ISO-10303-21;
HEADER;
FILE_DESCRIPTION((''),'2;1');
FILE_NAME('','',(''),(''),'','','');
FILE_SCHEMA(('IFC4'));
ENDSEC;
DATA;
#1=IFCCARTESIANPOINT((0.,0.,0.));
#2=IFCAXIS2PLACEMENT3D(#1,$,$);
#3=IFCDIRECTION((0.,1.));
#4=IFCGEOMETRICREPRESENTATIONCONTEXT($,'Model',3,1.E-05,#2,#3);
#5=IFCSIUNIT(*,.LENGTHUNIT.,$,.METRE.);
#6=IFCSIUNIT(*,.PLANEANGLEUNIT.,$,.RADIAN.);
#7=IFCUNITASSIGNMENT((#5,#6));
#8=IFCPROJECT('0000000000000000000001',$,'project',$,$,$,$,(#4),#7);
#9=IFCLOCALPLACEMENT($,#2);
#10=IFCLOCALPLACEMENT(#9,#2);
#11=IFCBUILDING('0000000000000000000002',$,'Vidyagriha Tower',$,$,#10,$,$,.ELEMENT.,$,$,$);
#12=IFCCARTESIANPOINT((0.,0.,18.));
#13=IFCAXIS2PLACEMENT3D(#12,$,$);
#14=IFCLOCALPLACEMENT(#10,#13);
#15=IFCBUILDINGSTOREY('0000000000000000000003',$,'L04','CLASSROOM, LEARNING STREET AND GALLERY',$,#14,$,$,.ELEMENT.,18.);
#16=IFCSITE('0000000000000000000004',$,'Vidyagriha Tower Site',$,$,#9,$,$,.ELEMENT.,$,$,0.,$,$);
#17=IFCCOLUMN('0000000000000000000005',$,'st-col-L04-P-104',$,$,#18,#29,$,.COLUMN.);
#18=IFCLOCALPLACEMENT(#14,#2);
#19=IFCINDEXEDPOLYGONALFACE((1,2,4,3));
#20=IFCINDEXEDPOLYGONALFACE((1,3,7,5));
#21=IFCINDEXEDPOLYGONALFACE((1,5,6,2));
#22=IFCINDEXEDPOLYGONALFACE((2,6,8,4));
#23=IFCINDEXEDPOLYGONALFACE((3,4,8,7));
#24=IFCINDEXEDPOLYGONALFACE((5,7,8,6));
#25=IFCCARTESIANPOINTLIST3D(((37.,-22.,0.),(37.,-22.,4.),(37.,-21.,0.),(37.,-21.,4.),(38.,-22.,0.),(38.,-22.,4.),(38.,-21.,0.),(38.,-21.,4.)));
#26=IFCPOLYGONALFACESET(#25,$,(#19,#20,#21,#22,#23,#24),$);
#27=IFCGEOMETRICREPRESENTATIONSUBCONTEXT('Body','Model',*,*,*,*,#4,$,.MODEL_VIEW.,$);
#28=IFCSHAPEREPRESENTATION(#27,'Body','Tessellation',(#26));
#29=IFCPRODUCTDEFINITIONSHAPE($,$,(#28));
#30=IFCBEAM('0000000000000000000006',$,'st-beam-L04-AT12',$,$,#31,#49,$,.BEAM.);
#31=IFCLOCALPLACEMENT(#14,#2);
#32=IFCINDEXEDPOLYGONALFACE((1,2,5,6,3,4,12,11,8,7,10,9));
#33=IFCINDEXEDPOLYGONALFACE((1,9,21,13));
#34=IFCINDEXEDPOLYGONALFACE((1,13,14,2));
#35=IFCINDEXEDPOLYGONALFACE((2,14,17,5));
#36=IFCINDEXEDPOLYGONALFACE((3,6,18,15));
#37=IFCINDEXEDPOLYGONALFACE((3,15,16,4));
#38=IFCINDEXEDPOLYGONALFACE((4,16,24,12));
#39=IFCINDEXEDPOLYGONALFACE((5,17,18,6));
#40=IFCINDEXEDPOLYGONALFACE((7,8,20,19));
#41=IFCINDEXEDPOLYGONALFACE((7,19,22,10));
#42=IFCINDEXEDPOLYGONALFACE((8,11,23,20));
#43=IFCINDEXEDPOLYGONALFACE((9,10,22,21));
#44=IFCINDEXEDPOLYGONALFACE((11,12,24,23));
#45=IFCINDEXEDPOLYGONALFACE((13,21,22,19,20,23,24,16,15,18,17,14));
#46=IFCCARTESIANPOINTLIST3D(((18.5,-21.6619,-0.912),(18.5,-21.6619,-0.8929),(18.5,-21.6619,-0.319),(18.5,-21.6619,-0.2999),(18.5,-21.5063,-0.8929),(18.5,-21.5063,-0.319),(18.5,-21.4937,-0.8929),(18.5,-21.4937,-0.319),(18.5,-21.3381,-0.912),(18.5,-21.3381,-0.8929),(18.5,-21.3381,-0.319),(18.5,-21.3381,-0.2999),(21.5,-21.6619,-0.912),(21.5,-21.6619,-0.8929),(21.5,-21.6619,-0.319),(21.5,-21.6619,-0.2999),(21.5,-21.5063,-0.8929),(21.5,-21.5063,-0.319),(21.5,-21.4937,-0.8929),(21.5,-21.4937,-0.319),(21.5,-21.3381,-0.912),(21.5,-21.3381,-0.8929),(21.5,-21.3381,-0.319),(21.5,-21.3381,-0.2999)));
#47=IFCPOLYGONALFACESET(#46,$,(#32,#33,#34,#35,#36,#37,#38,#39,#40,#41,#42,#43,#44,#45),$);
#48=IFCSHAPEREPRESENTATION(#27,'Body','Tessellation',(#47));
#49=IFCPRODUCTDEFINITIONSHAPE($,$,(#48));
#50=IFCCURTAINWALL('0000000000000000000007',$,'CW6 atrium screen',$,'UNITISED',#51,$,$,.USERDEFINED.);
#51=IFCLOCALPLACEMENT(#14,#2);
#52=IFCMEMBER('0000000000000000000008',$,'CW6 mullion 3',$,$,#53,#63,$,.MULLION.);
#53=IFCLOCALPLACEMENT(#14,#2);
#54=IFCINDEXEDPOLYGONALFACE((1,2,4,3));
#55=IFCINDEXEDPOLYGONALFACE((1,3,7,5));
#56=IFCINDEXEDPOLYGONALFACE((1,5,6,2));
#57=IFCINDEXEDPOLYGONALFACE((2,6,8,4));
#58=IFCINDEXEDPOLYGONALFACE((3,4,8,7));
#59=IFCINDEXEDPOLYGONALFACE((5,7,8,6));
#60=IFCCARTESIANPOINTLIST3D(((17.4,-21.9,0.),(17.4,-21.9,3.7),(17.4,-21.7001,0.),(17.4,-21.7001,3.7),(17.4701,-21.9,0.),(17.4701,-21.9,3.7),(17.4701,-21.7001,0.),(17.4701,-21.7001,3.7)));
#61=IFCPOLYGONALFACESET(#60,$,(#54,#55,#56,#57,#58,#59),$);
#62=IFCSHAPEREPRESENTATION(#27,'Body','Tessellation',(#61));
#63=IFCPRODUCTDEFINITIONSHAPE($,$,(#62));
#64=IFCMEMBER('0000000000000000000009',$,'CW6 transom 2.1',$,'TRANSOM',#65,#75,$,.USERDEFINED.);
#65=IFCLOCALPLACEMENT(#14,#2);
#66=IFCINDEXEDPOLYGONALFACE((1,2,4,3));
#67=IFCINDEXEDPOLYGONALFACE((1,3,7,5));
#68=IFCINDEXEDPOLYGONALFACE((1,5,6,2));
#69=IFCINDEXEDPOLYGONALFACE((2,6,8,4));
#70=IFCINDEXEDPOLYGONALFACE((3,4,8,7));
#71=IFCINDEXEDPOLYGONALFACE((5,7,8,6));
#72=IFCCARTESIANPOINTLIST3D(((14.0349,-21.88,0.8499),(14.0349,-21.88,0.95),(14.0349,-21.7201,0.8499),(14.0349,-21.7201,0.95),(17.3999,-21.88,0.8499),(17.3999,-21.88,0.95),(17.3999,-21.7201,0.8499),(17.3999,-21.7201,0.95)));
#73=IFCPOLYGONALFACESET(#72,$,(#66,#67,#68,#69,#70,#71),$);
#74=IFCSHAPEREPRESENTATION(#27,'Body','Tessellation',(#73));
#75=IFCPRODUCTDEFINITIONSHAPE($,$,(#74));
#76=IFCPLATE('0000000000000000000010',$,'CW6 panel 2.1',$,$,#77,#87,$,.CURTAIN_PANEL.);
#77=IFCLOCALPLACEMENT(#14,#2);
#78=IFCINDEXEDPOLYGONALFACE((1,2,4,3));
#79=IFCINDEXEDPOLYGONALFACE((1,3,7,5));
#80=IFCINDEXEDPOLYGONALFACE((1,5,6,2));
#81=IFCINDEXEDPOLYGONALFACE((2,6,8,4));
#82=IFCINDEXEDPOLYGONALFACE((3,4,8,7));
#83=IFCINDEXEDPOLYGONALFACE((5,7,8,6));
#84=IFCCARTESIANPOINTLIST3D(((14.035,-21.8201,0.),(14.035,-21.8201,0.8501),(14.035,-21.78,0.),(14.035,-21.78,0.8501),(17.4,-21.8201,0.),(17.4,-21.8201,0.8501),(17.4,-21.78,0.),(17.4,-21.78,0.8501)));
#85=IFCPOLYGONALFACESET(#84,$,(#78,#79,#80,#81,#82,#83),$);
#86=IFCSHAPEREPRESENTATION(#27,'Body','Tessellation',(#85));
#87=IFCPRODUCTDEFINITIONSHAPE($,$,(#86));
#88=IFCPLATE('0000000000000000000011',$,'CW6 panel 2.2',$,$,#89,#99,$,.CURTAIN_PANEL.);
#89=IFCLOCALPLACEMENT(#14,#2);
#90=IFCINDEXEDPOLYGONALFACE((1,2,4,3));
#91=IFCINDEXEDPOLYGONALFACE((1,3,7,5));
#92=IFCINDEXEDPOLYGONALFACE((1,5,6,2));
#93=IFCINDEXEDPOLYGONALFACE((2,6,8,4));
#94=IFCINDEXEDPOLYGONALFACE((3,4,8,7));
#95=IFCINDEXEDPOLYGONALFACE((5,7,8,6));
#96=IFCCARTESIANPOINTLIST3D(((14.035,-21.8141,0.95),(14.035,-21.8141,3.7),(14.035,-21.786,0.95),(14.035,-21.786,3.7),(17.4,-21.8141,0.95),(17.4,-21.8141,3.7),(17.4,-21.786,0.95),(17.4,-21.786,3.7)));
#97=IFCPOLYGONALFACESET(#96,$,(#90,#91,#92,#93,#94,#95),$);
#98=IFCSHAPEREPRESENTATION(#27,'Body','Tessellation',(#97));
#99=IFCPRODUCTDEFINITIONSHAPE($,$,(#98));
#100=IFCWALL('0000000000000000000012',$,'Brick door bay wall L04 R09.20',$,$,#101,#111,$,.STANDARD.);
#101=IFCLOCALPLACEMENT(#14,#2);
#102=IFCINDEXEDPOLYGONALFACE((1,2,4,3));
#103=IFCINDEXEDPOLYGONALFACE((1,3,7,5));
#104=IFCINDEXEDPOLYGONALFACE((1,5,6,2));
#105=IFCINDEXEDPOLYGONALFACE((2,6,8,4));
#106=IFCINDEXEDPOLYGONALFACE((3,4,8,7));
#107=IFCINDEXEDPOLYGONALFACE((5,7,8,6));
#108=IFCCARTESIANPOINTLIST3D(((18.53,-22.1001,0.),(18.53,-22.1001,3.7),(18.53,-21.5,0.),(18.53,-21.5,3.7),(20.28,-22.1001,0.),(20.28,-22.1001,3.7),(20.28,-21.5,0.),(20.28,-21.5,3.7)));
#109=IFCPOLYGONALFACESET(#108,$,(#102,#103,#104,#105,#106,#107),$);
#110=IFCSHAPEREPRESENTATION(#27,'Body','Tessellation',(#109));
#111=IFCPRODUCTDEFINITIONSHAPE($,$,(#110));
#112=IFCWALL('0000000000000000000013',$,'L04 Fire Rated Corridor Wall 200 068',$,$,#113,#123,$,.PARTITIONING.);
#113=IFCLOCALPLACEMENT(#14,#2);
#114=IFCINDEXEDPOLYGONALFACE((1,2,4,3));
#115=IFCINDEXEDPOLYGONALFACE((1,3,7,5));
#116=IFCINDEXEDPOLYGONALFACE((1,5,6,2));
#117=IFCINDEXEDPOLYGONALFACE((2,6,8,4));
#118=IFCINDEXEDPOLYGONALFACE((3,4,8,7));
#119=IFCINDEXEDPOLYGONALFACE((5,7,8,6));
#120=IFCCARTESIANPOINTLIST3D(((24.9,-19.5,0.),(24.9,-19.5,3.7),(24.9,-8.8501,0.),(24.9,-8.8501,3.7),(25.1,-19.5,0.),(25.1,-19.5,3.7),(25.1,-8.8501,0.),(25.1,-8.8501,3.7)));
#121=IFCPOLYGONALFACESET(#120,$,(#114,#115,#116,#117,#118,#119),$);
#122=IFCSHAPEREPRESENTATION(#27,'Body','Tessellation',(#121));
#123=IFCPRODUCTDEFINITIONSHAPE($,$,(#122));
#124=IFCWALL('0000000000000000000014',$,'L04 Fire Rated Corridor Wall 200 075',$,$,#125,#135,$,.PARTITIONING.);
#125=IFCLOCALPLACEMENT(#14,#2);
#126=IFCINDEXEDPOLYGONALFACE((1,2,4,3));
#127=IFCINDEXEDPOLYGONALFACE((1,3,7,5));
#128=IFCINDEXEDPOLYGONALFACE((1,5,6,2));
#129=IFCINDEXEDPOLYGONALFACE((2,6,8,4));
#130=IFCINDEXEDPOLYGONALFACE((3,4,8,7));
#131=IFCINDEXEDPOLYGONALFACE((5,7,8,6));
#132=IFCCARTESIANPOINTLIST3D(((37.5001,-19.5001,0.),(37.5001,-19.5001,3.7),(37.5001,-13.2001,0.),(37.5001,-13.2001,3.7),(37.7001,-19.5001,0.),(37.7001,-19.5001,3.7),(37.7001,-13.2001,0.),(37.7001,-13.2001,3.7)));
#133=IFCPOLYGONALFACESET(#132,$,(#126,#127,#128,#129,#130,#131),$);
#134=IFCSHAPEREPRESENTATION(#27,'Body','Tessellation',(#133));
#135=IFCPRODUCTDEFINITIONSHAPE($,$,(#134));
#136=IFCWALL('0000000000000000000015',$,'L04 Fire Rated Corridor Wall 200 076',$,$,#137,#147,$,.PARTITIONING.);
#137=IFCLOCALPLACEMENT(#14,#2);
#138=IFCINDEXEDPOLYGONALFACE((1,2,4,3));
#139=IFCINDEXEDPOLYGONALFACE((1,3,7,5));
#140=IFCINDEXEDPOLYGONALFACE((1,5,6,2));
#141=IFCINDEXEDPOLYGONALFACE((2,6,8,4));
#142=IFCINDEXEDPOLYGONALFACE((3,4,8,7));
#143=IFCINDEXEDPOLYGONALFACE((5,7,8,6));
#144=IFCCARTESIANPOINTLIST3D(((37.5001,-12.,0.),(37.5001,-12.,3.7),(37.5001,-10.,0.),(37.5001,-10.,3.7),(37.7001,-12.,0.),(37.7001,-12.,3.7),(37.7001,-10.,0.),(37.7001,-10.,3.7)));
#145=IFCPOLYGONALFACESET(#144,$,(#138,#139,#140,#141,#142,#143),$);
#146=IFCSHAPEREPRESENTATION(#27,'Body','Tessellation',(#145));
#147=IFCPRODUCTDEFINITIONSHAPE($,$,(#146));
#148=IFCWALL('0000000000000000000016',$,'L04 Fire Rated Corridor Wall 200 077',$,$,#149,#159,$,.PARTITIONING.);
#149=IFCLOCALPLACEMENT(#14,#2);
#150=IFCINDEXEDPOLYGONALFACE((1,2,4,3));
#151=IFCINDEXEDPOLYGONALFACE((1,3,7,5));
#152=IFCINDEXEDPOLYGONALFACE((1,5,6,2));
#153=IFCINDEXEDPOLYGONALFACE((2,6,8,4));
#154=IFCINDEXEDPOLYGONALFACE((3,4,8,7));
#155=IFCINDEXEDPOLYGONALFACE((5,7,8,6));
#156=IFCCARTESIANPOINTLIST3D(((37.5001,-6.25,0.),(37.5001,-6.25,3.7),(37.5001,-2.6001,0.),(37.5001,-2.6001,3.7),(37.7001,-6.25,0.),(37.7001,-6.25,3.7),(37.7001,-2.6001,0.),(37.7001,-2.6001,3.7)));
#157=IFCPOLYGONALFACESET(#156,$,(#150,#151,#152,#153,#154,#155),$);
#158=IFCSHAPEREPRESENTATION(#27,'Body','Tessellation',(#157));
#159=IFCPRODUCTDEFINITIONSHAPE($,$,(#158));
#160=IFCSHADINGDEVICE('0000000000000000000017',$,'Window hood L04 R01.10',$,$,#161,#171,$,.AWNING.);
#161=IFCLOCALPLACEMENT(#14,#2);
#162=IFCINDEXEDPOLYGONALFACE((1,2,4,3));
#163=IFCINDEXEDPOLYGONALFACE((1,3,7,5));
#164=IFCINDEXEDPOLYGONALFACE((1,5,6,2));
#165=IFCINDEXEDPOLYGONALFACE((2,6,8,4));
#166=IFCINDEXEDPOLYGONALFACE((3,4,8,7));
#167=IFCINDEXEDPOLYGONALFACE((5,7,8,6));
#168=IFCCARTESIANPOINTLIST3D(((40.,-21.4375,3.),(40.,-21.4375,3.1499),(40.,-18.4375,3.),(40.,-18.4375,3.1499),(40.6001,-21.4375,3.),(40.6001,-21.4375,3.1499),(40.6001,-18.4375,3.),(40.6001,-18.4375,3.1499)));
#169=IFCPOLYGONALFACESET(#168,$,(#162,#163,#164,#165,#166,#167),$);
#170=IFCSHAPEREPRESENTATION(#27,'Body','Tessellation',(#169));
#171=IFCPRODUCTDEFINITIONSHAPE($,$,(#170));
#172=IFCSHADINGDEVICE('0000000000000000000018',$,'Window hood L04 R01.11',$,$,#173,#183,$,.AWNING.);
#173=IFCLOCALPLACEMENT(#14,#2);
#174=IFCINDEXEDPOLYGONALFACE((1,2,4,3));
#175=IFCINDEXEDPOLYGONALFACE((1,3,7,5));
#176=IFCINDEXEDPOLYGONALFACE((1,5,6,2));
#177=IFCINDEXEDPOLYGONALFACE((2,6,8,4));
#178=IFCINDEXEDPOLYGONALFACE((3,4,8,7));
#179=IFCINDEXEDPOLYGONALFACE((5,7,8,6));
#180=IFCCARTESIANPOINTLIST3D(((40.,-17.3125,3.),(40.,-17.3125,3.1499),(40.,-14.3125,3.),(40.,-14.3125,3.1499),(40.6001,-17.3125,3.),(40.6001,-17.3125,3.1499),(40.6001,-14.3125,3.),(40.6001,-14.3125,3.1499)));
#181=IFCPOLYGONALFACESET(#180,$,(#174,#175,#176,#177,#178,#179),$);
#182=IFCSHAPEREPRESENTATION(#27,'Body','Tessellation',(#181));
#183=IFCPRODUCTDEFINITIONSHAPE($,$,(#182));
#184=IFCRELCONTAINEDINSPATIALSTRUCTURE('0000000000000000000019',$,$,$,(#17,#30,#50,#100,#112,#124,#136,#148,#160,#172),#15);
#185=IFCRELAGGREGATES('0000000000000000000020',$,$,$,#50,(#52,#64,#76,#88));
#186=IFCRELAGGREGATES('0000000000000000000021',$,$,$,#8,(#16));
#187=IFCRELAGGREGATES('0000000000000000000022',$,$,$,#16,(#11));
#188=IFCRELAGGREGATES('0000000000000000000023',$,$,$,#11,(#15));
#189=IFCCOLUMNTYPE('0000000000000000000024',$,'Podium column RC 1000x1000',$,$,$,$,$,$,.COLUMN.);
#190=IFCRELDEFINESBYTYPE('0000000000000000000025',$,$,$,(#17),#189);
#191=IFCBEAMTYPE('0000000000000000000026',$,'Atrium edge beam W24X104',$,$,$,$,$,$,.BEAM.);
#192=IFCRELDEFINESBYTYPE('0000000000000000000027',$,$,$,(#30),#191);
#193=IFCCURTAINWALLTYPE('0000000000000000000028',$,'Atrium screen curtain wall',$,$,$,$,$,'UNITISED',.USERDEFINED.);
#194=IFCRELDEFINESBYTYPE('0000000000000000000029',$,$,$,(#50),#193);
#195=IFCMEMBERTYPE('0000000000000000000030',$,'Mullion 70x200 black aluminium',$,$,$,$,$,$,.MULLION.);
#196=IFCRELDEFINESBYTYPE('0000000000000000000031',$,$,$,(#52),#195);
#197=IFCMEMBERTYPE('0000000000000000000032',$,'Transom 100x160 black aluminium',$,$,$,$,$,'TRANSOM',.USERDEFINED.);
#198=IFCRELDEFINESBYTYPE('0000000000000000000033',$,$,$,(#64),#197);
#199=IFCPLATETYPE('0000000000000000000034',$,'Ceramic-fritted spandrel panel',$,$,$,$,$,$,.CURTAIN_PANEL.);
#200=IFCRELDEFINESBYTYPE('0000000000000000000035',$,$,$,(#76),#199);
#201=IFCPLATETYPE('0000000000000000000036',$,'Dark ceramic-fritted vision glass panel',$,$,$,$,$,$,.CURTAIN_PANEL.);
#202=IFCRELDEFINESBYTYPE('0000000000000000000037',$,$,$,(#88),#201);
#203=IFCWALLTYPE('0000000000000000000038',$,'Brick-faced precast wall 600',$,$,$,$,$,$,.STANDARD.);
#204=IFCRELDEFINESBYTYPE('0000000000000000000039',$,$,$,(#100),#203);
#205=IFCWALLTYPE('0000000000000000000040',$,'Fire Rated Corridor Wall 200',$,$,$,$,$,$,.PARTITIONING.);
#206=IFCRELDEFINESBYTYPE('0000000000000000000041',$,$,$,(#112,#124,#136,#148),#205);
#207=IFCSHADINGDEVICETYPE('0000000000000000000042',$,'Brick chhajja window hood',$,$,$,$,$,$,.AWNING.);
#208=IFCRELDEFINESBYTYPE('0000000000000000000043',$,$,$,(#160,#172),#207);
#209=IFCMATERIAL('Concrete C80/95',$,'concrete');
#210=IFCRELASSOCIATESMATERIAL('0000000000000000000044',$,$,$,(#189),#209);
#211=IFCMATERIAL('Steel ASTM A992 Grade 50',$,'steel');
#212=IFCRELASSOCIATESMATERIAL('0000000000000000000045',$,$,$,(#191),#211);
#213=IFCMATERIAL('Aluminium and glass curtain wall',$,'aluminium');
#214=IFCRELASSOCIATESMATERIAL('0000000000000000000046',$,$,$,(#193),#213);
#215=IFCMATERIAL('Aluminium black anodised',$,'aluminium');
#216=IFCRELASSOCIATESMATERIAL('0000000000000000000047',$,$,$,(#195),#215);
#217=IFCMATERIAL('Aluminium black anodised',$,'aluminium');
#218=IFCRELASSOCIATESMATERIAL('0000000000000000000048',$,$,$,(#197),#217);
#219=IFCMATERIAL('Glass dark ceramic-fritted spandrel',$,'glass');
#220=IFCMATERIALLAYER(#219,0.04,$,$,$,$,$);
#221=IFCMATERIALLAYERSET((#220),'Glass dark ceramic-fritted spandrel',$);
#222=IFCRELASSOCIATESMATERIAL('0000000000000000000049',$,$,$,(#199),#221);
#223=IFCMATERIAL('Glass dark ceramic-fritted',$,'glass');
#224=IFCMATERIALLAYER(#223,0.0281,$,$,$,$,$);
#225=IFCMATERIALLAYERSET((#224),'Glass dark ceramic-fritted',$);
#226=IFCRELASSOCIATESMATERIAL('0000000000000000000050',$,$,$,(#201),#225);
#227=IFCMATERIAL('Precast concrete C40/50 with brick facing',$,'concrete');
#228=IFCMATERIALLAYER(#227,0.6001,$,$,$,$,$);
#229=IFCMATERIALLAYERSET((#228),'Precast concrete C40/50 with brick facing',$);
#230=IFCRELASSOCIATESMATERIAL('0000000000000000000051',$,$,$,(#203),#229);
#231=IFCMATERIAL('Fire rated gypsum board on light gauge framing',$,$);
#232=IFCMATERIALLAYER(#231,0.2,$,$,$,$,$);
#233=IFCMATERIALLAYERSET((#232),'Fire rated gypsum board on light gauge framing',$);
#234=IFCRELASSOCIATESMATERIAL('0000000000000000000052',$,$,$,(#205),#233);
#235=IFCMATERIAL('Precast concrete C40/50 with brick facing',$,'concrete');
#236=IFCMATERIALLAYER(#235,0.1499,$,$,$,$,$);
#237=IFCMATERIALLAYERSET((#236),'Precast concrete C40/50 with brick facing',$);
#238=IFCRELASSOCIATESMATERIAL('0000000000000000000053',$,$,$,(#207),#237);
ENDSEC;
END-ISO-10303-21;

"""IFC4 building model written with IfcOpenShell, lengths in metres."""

from ifc_helpers import new_model, si_unit, direction, frame, frame_2d, origin, origin_2d, place, context, subcontext, project, spatial, rectangle, i_section, extrude, material, layer, layer_set, material_profile, profile_set, type_object, element, aggregate, save


model = new_model("IFC4")

# Units and contexts
model_context = context("Model", 3, precision=1e-05, world=origin(), true_north=direction((0.0, 1.0)))
body_context = subcontext(model_context, "Body", "Model", "MODEL_VIEW")
ifc_project = project(units=[si_unit("LENGTHUNIT", "METRE"), si_unit("PLANEANGLEUNIT", "RADIAN")], contexts=[model_context])

# Site, building, storey
site_placement = place(None, origin())
site = spatial("IfcSite", under=ifc_project, at=site_placement, Name="Vidyagriha Tower Site", CompositionType="ELEMENT", RefElevation=0.0)
building_placement = place(site_placement, origin())
building = spatial("IfcBuilding", under=site, at=building_placement, Name="Vidyagriha Tower", CompositionType="ELEMENT")
storey_placement = place(building_placement, frame((0.0, 0.0, 18.0)))
storey = spatial("IfcBuildingStorey", under=building, at=storey_placement, Name="L04", Description="CLASSROOM, LEARNING STREET AND GALLERY", CompositionType="ELEMENT", Elevation=18.0)

# Column
ifc_material_1 = material(Name="Concrete C80/95", Category="concrete")
ifc_material_profile_1 = material_profile(ifc_material_1, rectangle(XDim=1.0, YDim=1.0, at=origin_2d()), Name="RC 1000x1000")
ifc_profile_set_1 = profile_set([ifc_material_profile_1], Name="Concrete C80/95")
column_type_1 = type_object("IfcColumnType", Name="Podium column RC 1000x1000", PredefinedType="COLUMN", material=ifc_profile_set_1)
for number, where, name in (
    (1, (37.5, -21.5, 0.0), "st-col-L04-P-104"),
):
    element("IfcColumn", number, at=place(storey_placement, frame(where)), inside=storey, type_object=column_type_1, Name=name, PredefinedType="COLUMN", context=body_context, shape_type="SweptSolid", body=[
        extrude(rectangle(XDim=1.0, YDim=1.0, at=origin_2d()), origin(), (0.0, 0.0, 1.0), 4.0),
    ])

# Beam
ifc_material_2 = material(Name="Steel ASTM A992 Grade 50", Category="steel")
ifc_material_profile_2 = material_profile(ifc_material_2, i_section(OverallWidth=0.3237, OverallDepth=0.6121, WebThickness=0.0127, FlangeThickness=0.019, at=origin_2d()), Name="W24X104")
ifc_profile_set_2 = profile_set([ifc_material_profile_2], Name="Steel ASTM A992 Grade 50")
beam_type = type_object("IfcBeamType", Name="Atrium edge beam W24X104", PredefinedType="BEAM", material=ifc_profile_set_2)
beam_placement = place(storey_placement, frame((18.5, -21.5, -0.606), z_axis=(1.0, 0.0, 0.0), x_axis=(0.0, 1.0, 0.0)))
element("IfcBeam", 2, at=beam_placement, inside=storey, type_object=beam_type, Name="st-beam-L04-AT12", PredefinedType="BEAM", context=body_context, shape_type="SweptSolid", body=[
    extrude(i_section(OverallWidth=0.3237, OverallDepth=0.6121, WebThickness=0.0127, FlangeThickness=0.019, at=origin_2d()), origin(), (0.0, 0.0, 1.0), 3.0),
])

# Curtain wall, members, plates
ifc_material_3 = material(Name="Aluminium and glass curtain wall", Category="aluminium")
curtain_wall_type = type_object("IfcCurtainWallType", Name="Atrium screen curtain wall", ElementType="UNITISED", PredefinedType="USERDEFINED", material=ifc_material_3)
curtain_wall_placement = place(storey_placement, origin())
curtain_wall = element("IfcCurtainWall", 3, at=curtain_wall_placement, inside=storey, type_object=curtain_wall_type, Name="CW6 atrium screen", ObjectType="UNITISED", PredefinedType="USERDEFINED")
ifc_material_4 = material(Name="Aluminium black anodised", Category="aluminium")
ifc_material_profile_3 = material_profile(ifc_material_4, rectangle(XDim=0.2, YDim=0.0701, at=origin_2d()), Name="Mullion 70x200 black aluminium")
ifc_profile_set_3 = profile_set([ifc_material_profile_3], Name="Aluminium black anodised")
member_type_1 = type_object("IfcMemberType", Name="Mullion 70x200 black aluminium", PredefinedType="MULLION", material=ifc_profile_set_3)
member_1_placement = place(storey_placement, frame((17.4351, -21.8, 0.0), z_axis=(0.0, 0.0, 1.0), x_axis=(0.0, 1.0, 0.0)))
member_1 = element("IfcMember", 4, at=member_1_placement, type_object=member_type_1, Name="CW6 mullion 3", PredefinedType="MULLION", context=body_context, shape_type="SweptSolid", body=[
    extrude(rectangle(XDim=0.2, YDim=0.0701, at=origin_2d()), origin(), (0.0, 0.0, 1.0), 3.7),
])
ifc_material_5 = material(Name="Aluminium black anodised", Category="aluminium")
ifc_material_profile_4 = material_profile(ifc_material_5, rectangle(XDim=0.1599, YDim=0.1001, at=origin_2d()), Name="Transom 100x160 black aluminium")
ifc_profile_set_4 = profile_set([ifc_material_profile_4], Name="Aluminium black anodised")
member_type_2 = type_object("IfcMemberType", Name="Transom 100x160 black aluminium", ElementType="TRANSOM", PredefinedType="USERDEFINED", material=ifc_profile_set_4)
member_2_placement = place(storey_placement, frame((14.0349, -21.8, 0.8999), z_axis=(1.0, 0.0, 0.0), x_axis=(0.0, 1.0, 0.0)))
member_2 = element("IfcMember", 5, at=member_2_placement, type_object=member_type_2, Name="CW6 transom 2.1", ObjectType="TRANSOM", PredefinedType="USERDEFINED", context=body_context, shape_type="SweptSolid", body=[
    extrude(rectangle(XDim=0.1599, YDim=0.1001, at=origin_2d()), origin(), (0.0, 0.0, 1.0), 3.365),
])
ifc_material_6 = material(Name="Glass dark ceramic-fritted spandrel", Category="glass")
ifc_layer_1 = layer(ifc_material_6, 0.04)
ifc_layer_set_1 = layer_set([ifc_layer_1], Name="Glass dark ceramic-fritted spandrel")
plate_type_1 = type_object("IfcPlateType", Name="Ceramic-fritted spandrel panel", PredefinedType="CURTAIN_PANEL", material=ifc_layer_set_1)
plate_1_placement = place(storey_placement, frame((15.7175, -21.8, 0.0)))
plate_1 = element("IfcPlate", 6, at=plate_1_placement, type_object=plate_type_1, Name="CW6 panel 2.1", PredefinedType="CURTAIN_PANEL", context=body_context, shape_type="SweptSolid", body=[
    extrude(rectangle(XDim=3.365, YDim=0.04, at=origin_2d()), origin(), (0.0, 0.0, 1.0), 0.8501),
])
ifc_material_7 = material(Name="Glass dark ceramic-fritted", Category="glass")
ifc_layer_2 = layer(ifc_material_7, 0.0281)
ifc_layer_set_2 = layer_set([ifc_layer_2], Name="Glass dark ceramic-fritted")
plate_type_2 = type_object("IfcPlateType", Name="Dark ceramic-fritted vision glass panel", PredefinedType="CURTAIN_PANEL", material=ifc_layer_set_2)
plate_2_placement = place(storey_placement, frame((15.7175, -21.8, 0.95)))
plate_2 = element("IfcPlate", 7, at=plate_2_placement, type_object=plate_type_2, Name="CW6 panel 2.2", PredefinedType="CURTAIN_PANEL", context=body_context, shape_type="SweptSolid", body=[
    extrude(rectangle(XDim=3.365, YDim=0.0281, at=origin_2d()), origin(), (0.0, 0.0, 1.0), 2.75),
])
aggregate(curtain_wall, [member_1, member_2, plate_1, plate_2])

# Walls
ifc_material_8 = material(Name="Precast concrete C40/50 with brick facing", Category="concrete")
ifc_layer_3 = layer(ifc_material_8, 0.6001)
ifc_layer_set_3 = layer_set([ifc_layer_3], Name="Precast concrete C40/50 with brick facing")
wall_type_1 = type_object("IfcWallType", Name="Brick-faced precast wall 600", PredefinedType="STANDARD", material=ifc_layer_set_3)
wall_1_placement = place(storey_placement, frame((18.53, -21.8, 0.0)))
element("IfcWall", 8, at=wall_1_placement, inside=storey, type_object=wall_type_1, Name="Brick door bay wall L04 R09.20", PredefinedType="STANDARD", context=body_context, shape_type="SweptSolid", body=[
    extrude(rectangle(XDim=1.75, YDim=0.6001, at=frame_2d((0.875, 0.0))), origin(), (0.0, 0.0, 1.0), 3.7),
])
ifc_material_9 = material(Name="Fire rated gypsum board on light gauge framing")
ifc_layer_4 = layer(ifc_material_9, 0.2)
ifc_layer_set_4 = layer_set([ifc_layer_4], Name="Fire rated gypsum board on light gauge framing")
wall_type_2 = type_object("IfcWallType", Name="Fire Rated Corridor Wall 200", PredefinedType="PARTITIONING", material=ifc_layer_set_4)
wall_2_placement = place(storey_placement, frame((25.0, -19.5, 0.0), z_axis=(0.0, 0.0, 1.0), x_axis=(0.0, 1.0, 0.0)))
element("IfcWall", 9, at=wall_2_placement, inside=storey, type_object=wall_type_2, Name="L04 Fire Rated Corridor Wall 200 068", PredefinedType="PARTITIONING", context=body_context, shape_type="SweptSolid", body=[
    extrude(rectangle(XDim=10.6499, YDim=0.2, at=frame_2d((5.325, 0.0))), origin(), (0.0, 0.0, 1.0), 3.7),
])
wall_3_placement = place(storey_placement, frame((37.6001, -19.5, 0.0), z_axis=(0.0, 0.0, 1.0), x_axis=(0.0, 1.0, 0.0)))
element("IfcWall", 10, at=wall_3_placement, inside=storey, type_object=wall_type_2, Name="L04 Fire Rated Corridor Wall 200 075", PredefinedType="PARTITIONING", context=body_context, shape_type="SweptSolid", body=[
    extrude(rectangle(XDim=6.3, YDim=0.2, at=frame_2d((3.1499, 0.0))), origin(), (0.0, 0.0, 1.0), 3.7),
])
wall_4_placement = place(storey_placement, frame((37.6001, -12.0, 0.0), z_axis=(0.0, 0.0, 1.0), x_axis=(0.0, 1.0, 0.0)))
element("IfcWall", 11, at=wall_4_placement, inside=storey, type_object=wall_type_2, Name="L04 Fire Rated Corridor Wall 200 076", PredefinedType="PARTITIONING", context=body_context, shape_type="SweptSolid", body=[
    extrude(rectangle(XDim=2.0, YDim=0.2, at=frame_2d((1.0, 0.0))), origin(), (0.0, 0.0, 1.0), 3.7),
])
wall_5_placement = place(storey_placement, frame((37.6001, -6.25, 0.0), z_axis=(0.0, 0.0, 1.0), x_axis=(0.0, 1.0, 0.0)))
element("IfcWall", 12, at=wall_5_placement, inside=storey, type_object=wall_type_2, Name="L04 Fire Rated Corridor Wall 200 077", PredefinedType="PARTITIONING", context=body_context, shape_type="SweptSolid", body=[
    extrude(rectangle(XDim=3.6499, YDim=0.2, at=frame_2d((1.825, 0.0))), origin(), (0.0, 0.0, 1.0), 3.7),
])

# Shading devices
ifc_material_10 = material(Name="Precast concrete C40/50 with brick facing", Category="concrete")
ifc_layer_5 = layer(ifc_material_10, 0.1499)
ifc_layer_set_5 = layer_set([ifc_layer_5], Name="Precast concrete C40/50 with brick facing")
shading_device_type = type_object("IfcShadingDeviceType", Name="Brick chhajja window hood", PredefinedType="AWNING", material=ifc_layer_set_5)
for number, where, z_axis, x_axis, name in (
    (13, (40.3, -19.9375, 3.0), (0.0, 0.0, 1.0), (0.0, 1.0, 0.0), "Window hood L04 R01.10"),
    (14, (40.3, -15.8125, 3.0), (0.0, 0.0, 1.0), (0.0, 1.0, 0.0), "Window hood L04 R01.11"),
):
    element("IfcShadingDevice", number, at=place(storey_placement, frame(where, z_axis=z_axis, x_axis=x_axis)), inside=storey, type_object=shading_device_type, Name=name, PredefinedType="AWNING", context=body_context, shape_type="SweptSolid", body=[
        extrude(rectangle(XDim=3.0, YDim=0.6001, at=origin_2d()), origin(), (0.0, 0.0, 1.0), 0.1499),
    ])

save(model, "model.ifc")
